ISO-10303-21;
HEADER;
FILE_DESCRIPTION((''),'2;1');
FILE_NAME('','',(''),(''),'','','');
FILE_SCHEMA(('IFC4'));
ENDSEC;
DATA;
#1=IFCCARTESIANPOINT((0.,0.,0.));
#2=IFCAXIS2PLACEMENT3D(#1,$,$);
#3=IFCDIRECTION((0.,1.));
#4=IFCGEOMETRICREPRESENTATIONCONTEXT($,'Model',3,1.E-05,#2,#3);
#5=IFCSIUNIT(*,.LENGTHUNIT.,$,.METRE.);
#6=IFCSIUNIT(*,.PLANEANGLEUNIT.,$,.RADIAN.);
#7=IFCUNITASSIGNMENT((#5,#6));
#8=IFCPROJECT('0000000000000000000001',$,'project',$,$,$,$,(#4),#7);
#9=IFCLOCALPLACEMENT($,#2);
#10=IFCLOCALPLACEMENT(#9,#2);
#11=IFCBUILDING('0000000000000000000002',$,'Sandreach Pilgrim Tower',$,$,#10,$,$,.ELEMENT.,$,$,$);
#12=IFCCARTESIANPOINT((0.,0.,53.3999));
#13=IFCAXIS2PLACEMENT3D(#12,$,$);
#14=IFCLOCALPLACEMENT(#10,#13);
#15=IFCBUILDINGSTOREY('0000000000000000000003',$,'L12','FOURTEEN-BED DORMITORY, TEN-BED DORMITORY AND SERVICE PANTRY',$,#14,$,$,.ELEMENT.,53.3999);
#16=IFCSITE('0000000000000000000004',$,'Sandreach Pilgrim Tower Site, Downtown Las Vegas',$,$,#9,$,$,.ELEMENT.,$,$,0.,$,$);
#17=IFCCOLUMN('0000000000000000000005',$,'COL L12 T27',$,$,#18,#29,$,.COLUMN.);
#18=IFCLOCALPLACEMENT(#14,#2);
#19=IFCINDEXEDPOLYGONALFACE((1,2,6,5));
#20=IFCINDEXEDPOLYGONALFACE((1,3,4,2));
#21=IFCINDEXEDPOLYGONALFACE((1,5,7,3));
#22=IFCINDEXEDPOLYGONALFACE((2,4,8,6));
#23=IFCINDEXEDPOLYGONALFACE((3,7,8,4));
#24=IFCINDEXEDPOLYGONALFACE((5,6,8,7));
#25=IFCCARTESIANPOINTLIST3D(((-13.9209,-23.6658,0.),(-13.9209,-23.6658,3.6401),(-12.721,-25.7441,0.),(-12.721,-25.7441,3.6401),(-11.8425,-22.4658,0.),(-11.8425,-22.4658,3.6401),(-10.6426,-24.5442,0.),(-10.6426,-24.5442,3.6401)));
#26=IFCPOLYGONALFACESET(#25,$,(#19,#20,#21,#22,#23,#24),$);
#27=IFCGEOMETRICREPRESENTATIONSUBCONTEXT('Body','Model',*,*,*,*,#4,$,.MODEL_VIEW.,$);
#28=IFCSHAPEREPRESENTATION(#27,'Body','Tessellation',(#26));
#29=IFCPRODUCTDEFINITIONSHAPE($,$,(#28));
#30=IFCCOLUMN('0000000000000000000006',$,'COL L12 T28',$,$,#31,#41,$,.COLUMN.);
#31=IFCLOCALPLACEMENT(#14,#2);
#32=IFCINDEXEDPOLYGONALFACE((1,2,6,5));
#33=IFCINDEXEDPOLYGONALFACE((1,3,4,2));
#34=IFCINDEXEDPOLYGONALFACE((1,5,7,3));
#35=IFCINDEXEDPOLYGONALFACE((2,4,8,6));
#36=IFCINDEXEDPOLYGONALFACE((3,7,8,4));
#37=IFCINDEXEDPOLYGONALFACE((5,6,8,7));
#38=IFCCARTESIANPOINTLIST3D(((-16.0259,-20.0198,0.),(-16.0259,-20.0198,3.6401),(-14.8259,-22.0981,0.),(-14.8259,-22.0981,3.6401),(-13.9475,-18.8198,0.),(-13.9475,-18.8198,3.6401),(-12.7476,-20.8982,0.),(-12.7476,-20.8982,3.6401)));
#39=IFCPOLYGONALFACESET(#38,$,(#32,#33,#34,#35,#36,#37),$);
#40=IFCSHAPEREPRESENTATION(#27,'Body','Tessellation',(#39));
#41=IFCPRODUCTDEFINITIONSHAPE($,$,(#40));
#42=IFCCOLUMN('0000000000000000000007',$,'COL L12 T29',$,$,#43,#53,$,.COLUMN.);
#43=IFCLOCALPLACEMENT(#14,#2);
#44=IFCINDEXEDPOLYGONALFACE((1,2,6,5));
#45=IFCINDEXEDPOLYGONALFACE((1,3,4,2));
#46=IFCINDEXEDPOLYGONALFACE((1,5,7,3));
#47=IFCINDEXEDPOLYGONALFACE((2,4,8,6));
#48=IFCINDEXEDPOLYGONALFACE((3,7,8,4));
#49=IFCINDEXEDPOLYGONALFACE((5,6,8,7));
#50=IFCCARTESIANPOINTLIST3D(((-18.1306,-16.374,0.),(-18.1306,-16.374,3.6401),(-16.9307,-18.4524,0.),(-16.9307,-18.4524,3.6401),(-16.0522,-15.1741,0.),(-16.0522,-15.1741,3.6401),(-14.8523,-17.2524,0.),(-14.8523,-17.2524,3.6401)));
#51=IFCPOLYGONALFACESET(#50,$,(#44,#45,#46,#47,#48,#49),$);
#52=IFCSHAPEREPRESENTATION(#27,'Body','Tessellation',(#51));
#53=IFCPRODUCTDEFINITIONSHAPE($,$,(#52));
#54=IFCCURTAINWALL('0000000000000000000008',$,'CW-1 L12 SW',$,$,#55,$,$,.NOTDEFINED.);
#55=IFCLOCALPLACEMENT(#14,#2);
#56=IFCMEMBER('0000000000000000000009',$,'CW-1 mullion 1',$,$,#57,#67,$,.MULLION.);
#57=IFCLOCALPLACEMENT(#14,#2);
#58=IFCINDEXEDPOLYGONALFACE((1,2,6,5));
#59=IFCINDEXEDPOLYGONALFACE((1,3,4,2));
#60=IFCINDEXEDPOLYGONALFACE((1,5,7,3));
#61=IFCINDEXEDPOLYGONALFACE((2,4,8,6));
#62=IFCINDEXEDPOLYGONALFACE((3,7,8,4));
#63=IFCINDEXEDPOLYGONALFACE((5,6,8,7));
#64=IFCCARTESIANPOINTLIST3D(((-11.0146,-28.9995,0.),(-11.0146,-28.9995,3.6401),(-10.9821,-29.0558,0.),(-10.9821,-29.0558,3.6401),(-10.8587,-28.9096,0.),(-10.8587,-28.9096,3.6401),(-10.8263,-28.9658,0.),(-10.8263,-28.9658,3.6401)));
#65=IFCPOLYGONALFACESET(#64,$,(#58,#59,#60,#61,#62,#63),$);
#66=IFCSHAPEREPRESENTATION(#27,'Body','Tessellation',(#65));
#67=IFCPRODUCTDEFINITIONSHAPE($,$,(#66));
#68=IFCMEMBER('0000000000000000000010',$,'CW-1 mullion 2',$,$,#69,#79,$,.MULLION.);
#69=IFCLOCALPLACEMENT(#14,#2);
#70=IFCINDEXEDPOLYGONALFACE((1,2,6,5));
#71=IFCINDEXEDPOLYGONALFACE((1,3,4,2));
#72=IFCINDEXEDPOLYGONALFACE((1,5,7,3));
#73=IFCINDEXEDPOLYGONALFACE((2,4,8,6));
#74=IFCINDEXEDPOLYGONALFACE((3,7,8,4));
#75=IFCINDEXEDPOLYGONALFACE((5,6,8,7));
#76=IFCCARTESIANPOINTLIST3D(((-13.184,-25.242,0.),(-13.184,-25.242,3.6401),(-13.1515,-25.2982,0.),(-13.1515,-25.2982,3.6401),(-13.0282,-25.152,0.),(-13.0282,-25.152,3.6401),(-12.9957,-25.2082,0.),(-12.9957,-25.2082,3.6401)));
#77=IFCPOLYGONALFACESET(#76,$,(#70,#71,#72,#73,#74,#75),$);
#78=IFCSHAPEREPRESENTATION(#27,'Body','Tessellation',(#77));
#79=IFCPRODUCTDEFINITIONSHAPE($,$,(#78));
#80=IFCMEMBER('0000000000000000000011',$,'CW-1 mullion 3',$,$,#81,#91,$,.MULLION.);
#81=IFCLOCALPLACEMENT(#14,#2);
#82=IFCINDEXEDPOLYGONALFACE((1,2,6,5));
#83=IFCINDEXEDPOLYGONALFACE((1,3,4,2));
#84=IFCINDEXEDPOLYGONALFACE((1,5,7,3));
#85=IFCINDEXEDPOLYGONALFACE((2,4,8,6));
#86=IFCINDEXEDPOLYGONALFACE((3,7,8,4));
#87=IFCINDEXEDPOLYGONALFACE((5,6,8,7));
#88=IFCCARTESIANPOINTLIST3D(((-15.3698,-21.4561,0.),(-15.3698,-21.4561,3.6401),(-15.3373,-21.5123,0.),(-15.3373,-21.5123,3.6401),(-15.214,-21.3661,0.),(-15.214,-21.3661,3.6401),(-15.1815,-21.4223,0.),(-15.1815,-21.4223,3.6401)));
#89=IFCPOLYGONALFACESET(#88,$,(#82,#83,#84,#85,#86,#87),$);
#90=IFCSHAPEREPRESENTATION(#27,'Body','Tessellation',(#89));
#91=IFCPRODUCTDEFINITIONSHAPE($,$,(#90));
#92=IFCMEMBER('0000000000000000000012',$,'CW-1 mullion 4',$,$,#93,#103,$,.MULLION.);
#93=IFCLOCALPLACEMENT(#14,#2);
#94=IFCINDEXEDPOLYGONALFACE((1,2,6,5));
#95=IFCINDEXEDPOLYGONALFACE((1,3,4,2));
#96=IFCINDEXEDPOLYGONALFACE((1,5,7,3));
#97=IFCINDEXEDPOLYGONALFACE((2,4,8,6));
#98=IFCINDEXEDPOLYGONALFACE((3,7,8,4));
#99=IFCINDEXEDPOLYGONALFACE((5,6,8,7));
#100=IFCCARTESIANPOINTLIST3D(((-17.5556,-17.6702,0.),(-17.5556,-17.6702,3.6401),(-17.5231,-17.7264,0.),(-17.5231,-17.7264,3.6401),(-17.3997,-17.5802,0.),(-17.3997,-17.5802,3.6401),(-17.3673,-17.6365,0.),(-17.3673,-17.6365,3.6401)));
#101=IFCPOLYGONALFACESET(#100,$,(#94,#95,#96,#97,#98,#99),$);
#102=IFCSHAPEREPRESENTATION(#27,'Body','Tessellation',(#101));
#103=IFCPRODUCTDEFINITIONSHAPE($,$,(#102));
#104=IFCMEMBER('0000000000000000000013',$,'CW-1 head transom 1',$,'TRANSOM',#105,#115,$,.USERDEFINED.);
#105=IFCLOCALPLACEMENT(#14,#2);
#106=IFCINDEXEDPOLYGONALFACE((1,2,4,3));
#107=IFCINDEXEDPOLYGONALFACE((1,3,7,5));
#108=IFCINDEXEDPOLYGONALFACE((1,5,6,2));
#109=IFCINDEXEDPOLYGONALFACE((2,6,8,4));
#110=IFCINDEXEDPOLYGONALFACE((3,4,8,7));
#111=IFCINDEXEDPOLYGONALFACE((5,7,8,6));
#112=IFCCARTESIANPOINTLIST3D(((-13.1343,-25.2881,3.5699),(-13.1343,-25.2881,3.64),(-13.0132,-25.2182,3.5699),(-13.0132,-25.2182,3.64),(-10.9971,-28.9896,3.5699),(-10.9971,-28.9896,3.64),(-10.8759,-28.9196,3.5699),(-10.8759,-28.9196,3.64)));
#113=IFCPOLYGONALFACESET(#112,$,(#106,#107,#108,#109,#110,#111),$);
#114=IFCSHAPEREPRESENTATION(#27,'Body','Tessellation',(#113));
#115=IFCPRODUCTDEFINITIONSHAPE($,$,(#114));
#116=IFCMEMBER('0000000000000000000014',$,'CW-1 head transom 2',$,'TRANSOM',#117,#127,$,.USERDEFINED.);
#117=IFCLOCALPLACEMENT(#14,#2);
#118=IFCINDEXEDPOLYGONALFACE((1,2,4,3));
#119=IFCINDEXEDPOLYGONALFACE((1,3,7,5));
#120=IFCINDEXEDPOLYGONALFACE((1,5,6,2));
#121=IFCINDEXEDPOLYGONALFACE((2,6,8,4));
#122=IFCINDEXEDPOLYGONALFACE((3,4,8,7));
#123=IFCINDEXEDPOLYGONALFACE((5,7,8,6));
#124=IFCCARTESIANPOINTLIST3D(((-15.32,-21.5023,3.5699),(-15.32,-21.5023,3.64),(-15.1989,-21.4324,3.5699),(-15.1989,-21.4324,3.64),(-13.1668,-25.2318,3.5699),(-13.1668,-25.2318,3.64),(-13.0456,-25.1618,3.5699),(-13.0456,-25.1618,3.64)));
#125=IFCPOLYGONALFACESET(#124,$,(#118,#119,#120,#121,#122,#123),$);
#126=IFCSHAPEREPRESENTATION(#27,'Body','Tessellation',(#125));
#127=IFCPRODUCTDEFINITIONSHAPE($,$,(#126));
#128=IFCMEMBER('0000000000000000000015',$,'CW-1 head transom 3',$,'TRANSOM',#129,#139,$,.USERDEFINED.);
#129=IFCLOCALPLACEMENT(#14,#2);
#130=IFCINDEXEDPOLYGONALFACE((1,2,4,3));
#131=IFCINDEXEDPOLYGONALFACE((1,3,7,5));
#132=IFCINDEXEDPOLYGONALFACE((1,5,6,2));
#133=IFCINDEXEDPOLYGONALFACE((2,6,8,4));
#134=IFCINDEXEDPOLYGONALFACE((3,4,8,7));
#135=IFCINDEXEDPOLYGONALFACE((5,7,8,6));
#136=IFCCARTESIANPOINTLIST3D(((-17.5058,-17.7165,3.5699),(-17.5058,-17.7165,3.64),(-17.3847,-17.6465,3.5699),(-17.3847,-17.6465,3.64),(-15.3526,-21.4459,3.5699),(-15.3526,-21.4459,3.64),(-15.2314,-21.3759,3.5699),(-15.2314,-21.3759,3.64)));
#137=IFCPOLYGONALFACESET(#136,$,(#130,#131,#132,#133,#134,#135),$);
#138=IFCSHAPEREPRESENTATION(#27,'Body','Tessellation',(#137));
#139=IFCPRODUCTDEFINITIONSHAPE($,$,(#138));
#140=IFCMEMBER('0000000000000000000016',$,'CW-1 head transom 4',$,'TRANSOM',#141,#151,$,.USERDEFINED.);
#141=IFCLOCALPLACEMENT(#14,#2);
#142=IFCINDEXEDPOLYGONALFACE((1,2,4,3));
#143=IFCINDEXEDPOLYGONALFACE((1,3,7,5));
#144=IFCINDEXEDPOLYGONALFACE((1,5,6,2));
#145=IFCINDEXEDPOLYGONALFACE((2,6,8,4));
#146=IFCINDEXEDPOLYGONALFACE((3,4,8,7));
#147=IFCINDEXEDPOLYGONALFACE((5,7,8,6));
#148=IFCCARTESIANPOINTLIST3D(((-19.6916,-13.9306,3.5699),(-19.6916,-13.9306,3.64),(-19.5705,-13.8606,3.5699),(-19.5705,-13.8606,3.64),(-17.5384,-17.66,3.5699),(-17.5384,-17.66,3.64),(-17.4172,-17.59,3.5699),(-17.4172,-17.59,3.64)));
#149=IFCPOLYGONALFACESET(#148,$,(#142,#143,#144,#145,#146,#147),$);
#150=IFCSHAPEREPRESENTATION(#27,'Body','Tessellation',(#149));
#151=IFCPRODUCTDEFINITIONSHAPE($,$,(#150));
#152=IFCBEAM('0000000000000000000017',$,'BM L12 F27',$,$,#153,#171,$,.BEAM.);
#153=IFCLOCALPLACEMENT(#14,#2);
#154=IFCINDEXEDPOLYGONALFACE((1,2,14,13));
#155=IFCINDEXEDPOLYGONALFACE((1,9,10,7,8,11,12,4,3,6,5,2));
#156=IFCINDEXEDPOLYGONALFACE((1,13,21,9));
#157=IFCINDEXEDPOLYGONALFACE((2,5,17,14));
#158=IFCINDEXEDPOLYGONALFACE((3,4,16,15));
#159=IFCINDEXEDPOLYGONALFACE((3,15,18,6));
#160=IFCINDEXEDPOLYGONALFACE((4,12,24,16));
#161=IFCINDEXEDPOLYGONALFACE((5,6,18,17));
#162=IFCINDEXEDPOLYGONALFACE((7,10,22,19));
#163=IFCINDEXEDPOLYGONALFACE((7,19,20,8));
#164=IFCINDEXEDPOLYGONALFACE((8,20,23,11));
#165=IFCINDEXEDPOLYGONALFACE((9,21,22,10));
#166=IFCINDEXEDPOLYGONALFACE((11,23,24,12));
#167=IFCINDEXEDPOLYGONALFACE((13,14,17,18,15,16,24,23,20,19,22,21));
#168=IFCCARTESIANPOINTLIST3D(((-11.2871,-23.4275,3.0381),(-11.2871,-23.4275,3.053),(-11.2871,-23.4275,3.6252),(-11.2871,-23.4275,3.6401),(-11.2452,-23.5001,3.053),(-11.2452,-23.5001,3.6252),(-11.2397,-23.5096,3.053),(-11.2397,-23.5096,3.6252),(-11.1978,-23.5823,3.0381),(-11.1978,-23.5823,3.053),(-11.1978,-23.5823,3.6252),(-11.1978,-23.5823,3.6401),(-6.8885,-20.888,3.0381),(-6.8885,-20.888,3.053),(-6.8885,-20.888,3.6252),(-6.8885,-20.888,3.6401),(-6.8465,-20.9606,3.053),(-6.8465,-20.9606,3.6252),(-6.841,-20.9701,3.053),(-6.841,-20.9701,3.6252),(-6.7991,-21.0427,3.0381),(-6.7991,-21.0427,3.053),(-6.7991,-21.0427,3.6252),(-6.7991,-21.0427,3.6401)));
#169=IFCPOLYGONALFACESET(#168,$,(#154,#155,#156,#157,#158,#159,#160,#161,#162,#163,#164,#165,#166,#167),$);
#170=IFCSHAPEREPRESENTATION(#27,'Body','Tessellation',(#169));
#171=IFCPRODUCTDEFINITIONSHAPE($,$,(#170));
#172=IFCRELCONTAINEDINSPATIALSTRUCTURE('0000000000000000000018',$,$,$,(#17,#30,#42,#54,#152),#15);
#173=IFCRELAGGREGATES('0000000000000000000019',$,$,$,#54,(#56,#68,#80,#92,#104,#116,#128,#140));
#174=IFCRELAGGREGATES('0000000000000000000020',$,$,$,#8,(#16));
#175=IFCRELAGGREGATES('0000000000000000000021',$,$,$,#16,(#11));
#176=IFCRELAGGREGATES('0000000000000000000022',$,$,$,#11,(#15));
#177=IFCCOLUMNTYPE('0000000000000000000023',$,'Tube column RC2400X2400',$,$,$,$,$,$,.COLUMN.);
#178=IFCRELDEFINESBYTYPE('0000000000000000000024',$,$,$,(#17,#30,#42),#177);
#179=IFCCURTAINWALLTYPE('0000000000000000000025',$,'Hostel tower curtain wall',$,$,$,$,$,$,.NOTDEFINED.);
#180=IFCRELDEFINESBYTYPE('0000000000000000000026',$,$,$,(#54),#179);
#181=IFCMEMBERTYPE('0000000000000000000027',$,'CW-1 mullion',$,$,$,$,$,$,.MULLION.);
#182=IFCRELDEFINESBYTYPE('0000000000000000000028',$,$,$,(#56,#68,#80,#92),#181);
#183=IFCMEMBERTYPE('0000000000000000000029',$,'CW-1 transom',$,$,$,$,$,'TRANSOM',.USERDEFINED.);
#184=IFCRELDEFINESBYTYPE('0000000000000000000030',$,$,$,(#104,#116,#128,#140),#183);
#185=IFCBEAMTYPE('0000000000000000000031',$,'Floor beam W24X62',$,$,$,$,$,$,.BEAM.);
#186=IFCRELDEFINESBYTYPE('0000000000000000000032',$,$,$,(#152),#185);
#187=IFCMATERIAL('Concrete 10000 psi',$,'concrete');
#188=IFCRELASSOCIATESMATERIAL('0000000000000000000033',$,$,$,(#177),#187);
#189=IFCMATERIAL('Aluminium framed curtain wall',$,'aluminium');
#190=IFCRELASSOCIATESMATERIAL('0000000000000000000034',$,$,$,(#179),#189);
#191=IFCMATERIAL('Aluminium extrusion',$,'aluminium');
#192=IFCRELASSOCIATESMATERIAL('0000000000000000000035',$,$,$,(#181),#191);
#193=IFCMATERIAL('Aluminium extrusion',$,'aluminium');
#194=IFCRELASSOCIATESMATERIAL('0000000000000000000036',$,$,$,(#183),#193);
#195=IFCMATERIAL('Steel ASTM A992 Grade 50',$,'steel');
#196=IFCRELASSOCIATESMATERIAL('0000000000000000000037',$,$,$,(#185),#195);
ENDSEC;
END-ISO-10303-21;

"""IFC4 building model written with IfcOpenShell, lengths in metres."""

from ifc_helpers import new_model, si_unit, direction, frame, origin, origin_2d, place, context, subcontext, project, spatial, rectangle, i_section, extrude, clip, halfspace, material, material_profile, profile_set, type_object, element, aggregate, save


model = new_model("IFC4")

# Units and contexts
model_context = context("Model", 3, precision=1e-05, world=origin(), true_north=direction((0.0, 1.0)))
body_context = subcontext(model_context, "Body", "Model", "MODEL_VIEW")
ifc_project = project(units=[si_unit("LENGTHUNIT", "METRE"), si_unit("PLANEANGLEUNIT", "RADIAN")], contexts=[model_context])

# Site, building, storey
site_placement = place(None, origin())
site = spatial("IfcSite", under=ifc_project, at=site_placement, Name="Sandreach Pilgrim Tower Site, Downtown Las Vegas", CompositionType="ELEMENT", RefElevation=0.0)
building_placement = place(site_placement, origin())
building = spatial("IfcBuilding", under=site, at=building_placement, Name="Sandreach Pilgrim Tower", CompositionType="ELEMENT")
storey_placement = place(building_placement, frame((0.0, 0.0, 53.3999)))
storey = spatial("IfcBuildingStorey", under=building, at=storey_placement, Name="L12", Description="FOURTEEN-BED DORMITORY, TEN-BED DORMITORY AND SERVICE PANTRY", CompositionType="ELEMENT", Elevation=53.3999)

# Columns
ifc_material_1 = material(Name="Concrete 10000 psi", Category="concrete")
ifc_material_profile_1 = material_profile(ifc_material_1, rectangle(XDim=2.3999, YDim=2.3999, at=origin_2d()), Name="RC2400X2400")
ifc_profile_set_1 = profile_set([ifc_material_profile_1], Name="Concrete 10000 psi")
column_type = type_object("IfcColumnType", Name="Tube column RC2400X2400", PredefinedType="COLUMN", material=ifc_profile_set_1)
column_1_placement = place(storey_placement, frame((-12.2817, -24.105, 0.0), z_axis=(0.0, 0.0, 1.0), x_axis=(-0.866025, -0.5, 0.0)))
element("IfcColumn", 1, at=column_1_placement, inside=storey, type_object=column_type, Name="COL L12 T27", PredefinedType="COLUMN", context=body_context, shape_type="SweptSolid", body=[
    clip(extrude(rectangle(XDim=2.3999, YDim=2.3999, at=origin_2d()), origin(), (0.0, 0.0, 1.0), 3.7275), halfspace(frame((0.0, 0.0, 3.6401)), False)),
])
column_2_placement = place(storey_placement, frame((-14.3867, -20.459, 0.0), z_axis=(0.0, 0.0, 1.0), x_axis=(-0.866025, -0.5, 0.0)))
element("IfcColumn", 2, at=column_2_placement, inside=storey, type_object=column_type, Name="COL L12 T28", PredefinedType="COLUMN", context=body_context, shape_type="SweptSolid", body=[
    clip(extrude(rectangle(XDim=2.3999, YDim=2.3999, at=origin_2d()), origin(), (0.0, 0.0, 1.0), 3.7356), halfspace(frame((0.0, 0.0, 3.6401)), False)),
])
column_3_placement = place(storey_placement, frame((-16.4915, -16.8132, 0.0), z_axis=(0.0, 0.0, 1.0), x_axis=(-0.866025, -0.5, 0.0)))
element("IfcColumn", 3, at=column_3_placement, inside=storey, type_object=column_type, Name="COL L12 T29", PredefinedType="COLUMN", context=body_context, shape_type="SweptSolid", body=[
    clip(extrude(rectangle(XDim=2.3999, YDim=2.3999, at=origin_2d()), origin(), (0.0, 0.0, 1.0), 3.7439), halfspace(frame((0.0, 0.0, 3.6401)), False)),
])

# Curtain wall, members
ifc_material_2 = material(Name="Aluminium framed curtain wall", Category="aluminium")
curtain_wall_type = type_object("IfcCurtainWallType", Name="Hostel tower curtain wall", PredefinedType="NOTDEFINED", material=ifc_material_2)
curtain_wall_placement = place(storey_placement, origin())
curtain_wall = element("IfcCurtainWall", 4, at=curtain_wall_placement, inside=storey, type_object=curtain_wall_type, Name="CW-1 L12 SW", PredefinedType="NOTDEFINED")
ifc_material_3 = material(Name="Aluminium extrusion", Category="aluminium")
ifc_material_profile_2 = material_profile(ifc_material_3, rectangle(XDim=0.0649, YDim=0.1799, at=origin_2d()), Name="CW-1M 65X180")
ifc_profile_set_2 = profile_set([ifc_material_profile_2], Name="Aluminium extrusion")
member_type_1 = type_object("IfcMemberType", Name="CW-1 mullion", PredefinedType="MULLION", material=ifc_profile_set_2)
member_1_placement = place(storey_placement, frame((-10.9204, -28.9827, 0.0), z_axis=(0.0, 0.0, 1.0), x_axis=(-0.5, 0.866025, 0.0)))
member_1 = element("IfcMember", 5, at=member_1_placement, type_object=member_type_1, Name="CW-1 mullion 1", PredefinedType="MULLION", context=body_context, shape_type="SweptSolid", body=[
    extrude(rectangle(XDim=0.0649, YDim=0.1799, at=origin_2d()), origin(), (0.0, 0.0, 1.0), 3.6401),
])
member_2_placement = place(storey_placement, frame((-13.0898, -25.2251, 0.0), z_axis=(0.0, 0.0, 1.0), x_axis=(-0.5, 0.866025, 0.0)))
member_2 = element("IfcMember", 6, at=member_2_placement, type_object=member_type_1, Name="CW-1 mullion 2", PredefinedType="MULLION", context=body_context, shape_type="SweptSolid", body=[
    extrude(rectangle(XDim=0.0649, YDim=0.1799, at=origin_2d()), origin(), (0.0, 0.0, 1.0), 3.6401),
])
member_3_placement = place(storey_placement, frame((-15.2756, -21.4392, 0.0), z_axis=(0.0, 0.0, 1.0), x_axis=(-0.5, 0.866025, 0.0)))
member_3 = element("IfcMember", 7, at=member_3_placement, type_object=member_type_1, Name="CW-1 mullion 3", PredefinedType="MULLION", context=body_context, shape_type="SweptSolid", body=[
    extrude(rectangle(XDim=0.0649, YDim=0.1799, at=origin_2d()), origin(), (0.0, 0.0, 1.0), 3.6401),
])
member_4_placement = place(storey_placement, frame((-17.4614, -17.6533, 0.0), z_axis=(0.0, 0.0, 1.0), x_axis=(-0.5, 0.866025, 0.0)))
member_4 = element("IfcMember", 8, at=member_4_placement, type_object=member_type_1, Name="CW-1 mullion 4", PredefinedType="MULLION", context=body_context, shape_type="SweptSolid", body=[
    extrude(rectangle(XDim=0.0649, YDim=0.1799, at=origin_2d()), origin(), (0.0, 0.0, 1.0), 3.6401),
])
ifc_material_4 = material(Name="Aluminium extrusion", Category="aluminium")
ifc_material_profile_3 = material_profile(ifc_material_4, rectangle(XDim=0.1399, YDim=0.0701, at=origin_2d()), Name="CW-1T 140X70")
ifc_profile_set_3 = profile_set([ifc_material_profile_3], Name="Aluminium extrusion")
member_type_2 = type_object("IfcMemberType", Name="CW-1 transom", ElementType="TRANSOM", PredefinedType="USERDEFINED", material=ifc_profile_set_3)
member_5_placement = place(storey_placement, frame((-10.9365, -28.9546, 3.605), z_axis=(-0.500034, 0.866006, 0.0), x_axis=(-0.866006, -0.500034, 0.0)))
member_5 = element("IfcMember", 9, at=member_5_placement, type_object=member_type_2, Name="CW-1 head transom 1", ObjectType="TRANSOM", PredefinedType="USERDEFINED", context=body_context, shape_type="SweptSolid", body=[
    extrude(rectangle(XDim=0.1399, YDim=0.0701, at=origin_2d()), origin(), (0.0, 0.0, 1.0), 4.2742),
])
member_6_placement = place(storey_placement, frame((-13.1062, -25.1968, 3.605), z_axis=(-0.500017, 0.866016, 0.0), x_axis=(-0.866016, -0.500017, 0.0)))
member_6 = element("IfcMember", 10, at=member_6_placement, type_object=member_type_2, Name="CW-1 head transom 2", ObjectType="TRANSOM", PredefinedType="USERDEFINED", context=body_context, shape_type="SweptSolid", body=[
    extrude(rectangle(XDim=0.1399, YDim=0.0701, at=origin_2d()), origin(), (0.0, 0.0, 1.0), 4.3064),
])
member_7_placement = place(storey_placement, frame((-15.292, -21.4109, 3.605), z_axis=(-0.500017, 0.866016, 0.0), x_axis=(-0.866016, -0.500017, 0.0)))
member_7 = element("IfcMember", 11, at=member_7_placement, type_object=member_type_2, Name="CW-1 head transom 3", ObjectType="TRANSOM", PredefinedType="USERDEFINED", context=body_context, shape_type="SweptSolid", body=[
    extrude(rectangle(XDim=0.1399, YDim=0.0701, at=origin_2d()), origin(), (0.0, 0.0, 1.0), 4.3064),
])
member_8_placement = place(storey_placement, frame((-17.4778, -17.625, 3.605), z_axis=(-0.500017, 0.866016, 0.0), x_axis=(-0.866016, -0.500017, 0.0)))
member_8 = element("IfcMember", 12, at=member_8_placement, type_object=member_type_2, Name="CW-1 head transom 4", ObjectType="TRANSOM", PredefinedType="USERDEFINED", context=body_context, shape_type="SweptSolid", body=[
    extrude(rectangle(XDim=0.1399, YDim=0.0701, at=origin_2d()), origin(), (0.0, 0.0, 1.0), 4.3064),
])

# Beam
ifc_material_5 = material(Name="Steel ASTM A992 Grade 50", Category="steel")
ifc_material_profile_4 = material_profile(ifc_material_5, i_section(OverallWidth=0.1787, OverallDepth=0.6021, WebThickness=0.011, FlangeThickness=0.0149, at=origin_2d()), Name="W24X62")
ifc_profile_set_4 = profile_set([ifc_material_profile_4], Name="Steel ASTM A992 Grade 50")
beam_type_1 = type_object("IfcBeamType", Name="Floor beam W24X62", PredefinedType="BEAM", material=ifc_profile_set_4)
beam_1_placement = place(storey_placement, frame((-11.2424, -23.5049, 3.3391), z_axis=(0.866028, 0.499996, 0.0), x_axis=(-0.499996, 0.866028, 0.0)))
element("IfcBeam", 13, at=beam_1_placement, inside=storey, type_object=beam_type_1, Name="BM L12 F27", PredefinedType="BEAM", context=body_context, shape_type="SweptSolid", body=[
    extrude(i_section(OverallWidth=0.1787, OverallDepth=0.6021, WebThickness=0.011, FlangeThickness=0.0149, at=origin_2d()), origin(), (0.0, 0.0, 1.0), 5.0791),
])

aggregate(curtain_wall, [member_1, member_2, member_3, member_4, member_5, member_6, member_7, member_8])

save(model, "model.ifc")
